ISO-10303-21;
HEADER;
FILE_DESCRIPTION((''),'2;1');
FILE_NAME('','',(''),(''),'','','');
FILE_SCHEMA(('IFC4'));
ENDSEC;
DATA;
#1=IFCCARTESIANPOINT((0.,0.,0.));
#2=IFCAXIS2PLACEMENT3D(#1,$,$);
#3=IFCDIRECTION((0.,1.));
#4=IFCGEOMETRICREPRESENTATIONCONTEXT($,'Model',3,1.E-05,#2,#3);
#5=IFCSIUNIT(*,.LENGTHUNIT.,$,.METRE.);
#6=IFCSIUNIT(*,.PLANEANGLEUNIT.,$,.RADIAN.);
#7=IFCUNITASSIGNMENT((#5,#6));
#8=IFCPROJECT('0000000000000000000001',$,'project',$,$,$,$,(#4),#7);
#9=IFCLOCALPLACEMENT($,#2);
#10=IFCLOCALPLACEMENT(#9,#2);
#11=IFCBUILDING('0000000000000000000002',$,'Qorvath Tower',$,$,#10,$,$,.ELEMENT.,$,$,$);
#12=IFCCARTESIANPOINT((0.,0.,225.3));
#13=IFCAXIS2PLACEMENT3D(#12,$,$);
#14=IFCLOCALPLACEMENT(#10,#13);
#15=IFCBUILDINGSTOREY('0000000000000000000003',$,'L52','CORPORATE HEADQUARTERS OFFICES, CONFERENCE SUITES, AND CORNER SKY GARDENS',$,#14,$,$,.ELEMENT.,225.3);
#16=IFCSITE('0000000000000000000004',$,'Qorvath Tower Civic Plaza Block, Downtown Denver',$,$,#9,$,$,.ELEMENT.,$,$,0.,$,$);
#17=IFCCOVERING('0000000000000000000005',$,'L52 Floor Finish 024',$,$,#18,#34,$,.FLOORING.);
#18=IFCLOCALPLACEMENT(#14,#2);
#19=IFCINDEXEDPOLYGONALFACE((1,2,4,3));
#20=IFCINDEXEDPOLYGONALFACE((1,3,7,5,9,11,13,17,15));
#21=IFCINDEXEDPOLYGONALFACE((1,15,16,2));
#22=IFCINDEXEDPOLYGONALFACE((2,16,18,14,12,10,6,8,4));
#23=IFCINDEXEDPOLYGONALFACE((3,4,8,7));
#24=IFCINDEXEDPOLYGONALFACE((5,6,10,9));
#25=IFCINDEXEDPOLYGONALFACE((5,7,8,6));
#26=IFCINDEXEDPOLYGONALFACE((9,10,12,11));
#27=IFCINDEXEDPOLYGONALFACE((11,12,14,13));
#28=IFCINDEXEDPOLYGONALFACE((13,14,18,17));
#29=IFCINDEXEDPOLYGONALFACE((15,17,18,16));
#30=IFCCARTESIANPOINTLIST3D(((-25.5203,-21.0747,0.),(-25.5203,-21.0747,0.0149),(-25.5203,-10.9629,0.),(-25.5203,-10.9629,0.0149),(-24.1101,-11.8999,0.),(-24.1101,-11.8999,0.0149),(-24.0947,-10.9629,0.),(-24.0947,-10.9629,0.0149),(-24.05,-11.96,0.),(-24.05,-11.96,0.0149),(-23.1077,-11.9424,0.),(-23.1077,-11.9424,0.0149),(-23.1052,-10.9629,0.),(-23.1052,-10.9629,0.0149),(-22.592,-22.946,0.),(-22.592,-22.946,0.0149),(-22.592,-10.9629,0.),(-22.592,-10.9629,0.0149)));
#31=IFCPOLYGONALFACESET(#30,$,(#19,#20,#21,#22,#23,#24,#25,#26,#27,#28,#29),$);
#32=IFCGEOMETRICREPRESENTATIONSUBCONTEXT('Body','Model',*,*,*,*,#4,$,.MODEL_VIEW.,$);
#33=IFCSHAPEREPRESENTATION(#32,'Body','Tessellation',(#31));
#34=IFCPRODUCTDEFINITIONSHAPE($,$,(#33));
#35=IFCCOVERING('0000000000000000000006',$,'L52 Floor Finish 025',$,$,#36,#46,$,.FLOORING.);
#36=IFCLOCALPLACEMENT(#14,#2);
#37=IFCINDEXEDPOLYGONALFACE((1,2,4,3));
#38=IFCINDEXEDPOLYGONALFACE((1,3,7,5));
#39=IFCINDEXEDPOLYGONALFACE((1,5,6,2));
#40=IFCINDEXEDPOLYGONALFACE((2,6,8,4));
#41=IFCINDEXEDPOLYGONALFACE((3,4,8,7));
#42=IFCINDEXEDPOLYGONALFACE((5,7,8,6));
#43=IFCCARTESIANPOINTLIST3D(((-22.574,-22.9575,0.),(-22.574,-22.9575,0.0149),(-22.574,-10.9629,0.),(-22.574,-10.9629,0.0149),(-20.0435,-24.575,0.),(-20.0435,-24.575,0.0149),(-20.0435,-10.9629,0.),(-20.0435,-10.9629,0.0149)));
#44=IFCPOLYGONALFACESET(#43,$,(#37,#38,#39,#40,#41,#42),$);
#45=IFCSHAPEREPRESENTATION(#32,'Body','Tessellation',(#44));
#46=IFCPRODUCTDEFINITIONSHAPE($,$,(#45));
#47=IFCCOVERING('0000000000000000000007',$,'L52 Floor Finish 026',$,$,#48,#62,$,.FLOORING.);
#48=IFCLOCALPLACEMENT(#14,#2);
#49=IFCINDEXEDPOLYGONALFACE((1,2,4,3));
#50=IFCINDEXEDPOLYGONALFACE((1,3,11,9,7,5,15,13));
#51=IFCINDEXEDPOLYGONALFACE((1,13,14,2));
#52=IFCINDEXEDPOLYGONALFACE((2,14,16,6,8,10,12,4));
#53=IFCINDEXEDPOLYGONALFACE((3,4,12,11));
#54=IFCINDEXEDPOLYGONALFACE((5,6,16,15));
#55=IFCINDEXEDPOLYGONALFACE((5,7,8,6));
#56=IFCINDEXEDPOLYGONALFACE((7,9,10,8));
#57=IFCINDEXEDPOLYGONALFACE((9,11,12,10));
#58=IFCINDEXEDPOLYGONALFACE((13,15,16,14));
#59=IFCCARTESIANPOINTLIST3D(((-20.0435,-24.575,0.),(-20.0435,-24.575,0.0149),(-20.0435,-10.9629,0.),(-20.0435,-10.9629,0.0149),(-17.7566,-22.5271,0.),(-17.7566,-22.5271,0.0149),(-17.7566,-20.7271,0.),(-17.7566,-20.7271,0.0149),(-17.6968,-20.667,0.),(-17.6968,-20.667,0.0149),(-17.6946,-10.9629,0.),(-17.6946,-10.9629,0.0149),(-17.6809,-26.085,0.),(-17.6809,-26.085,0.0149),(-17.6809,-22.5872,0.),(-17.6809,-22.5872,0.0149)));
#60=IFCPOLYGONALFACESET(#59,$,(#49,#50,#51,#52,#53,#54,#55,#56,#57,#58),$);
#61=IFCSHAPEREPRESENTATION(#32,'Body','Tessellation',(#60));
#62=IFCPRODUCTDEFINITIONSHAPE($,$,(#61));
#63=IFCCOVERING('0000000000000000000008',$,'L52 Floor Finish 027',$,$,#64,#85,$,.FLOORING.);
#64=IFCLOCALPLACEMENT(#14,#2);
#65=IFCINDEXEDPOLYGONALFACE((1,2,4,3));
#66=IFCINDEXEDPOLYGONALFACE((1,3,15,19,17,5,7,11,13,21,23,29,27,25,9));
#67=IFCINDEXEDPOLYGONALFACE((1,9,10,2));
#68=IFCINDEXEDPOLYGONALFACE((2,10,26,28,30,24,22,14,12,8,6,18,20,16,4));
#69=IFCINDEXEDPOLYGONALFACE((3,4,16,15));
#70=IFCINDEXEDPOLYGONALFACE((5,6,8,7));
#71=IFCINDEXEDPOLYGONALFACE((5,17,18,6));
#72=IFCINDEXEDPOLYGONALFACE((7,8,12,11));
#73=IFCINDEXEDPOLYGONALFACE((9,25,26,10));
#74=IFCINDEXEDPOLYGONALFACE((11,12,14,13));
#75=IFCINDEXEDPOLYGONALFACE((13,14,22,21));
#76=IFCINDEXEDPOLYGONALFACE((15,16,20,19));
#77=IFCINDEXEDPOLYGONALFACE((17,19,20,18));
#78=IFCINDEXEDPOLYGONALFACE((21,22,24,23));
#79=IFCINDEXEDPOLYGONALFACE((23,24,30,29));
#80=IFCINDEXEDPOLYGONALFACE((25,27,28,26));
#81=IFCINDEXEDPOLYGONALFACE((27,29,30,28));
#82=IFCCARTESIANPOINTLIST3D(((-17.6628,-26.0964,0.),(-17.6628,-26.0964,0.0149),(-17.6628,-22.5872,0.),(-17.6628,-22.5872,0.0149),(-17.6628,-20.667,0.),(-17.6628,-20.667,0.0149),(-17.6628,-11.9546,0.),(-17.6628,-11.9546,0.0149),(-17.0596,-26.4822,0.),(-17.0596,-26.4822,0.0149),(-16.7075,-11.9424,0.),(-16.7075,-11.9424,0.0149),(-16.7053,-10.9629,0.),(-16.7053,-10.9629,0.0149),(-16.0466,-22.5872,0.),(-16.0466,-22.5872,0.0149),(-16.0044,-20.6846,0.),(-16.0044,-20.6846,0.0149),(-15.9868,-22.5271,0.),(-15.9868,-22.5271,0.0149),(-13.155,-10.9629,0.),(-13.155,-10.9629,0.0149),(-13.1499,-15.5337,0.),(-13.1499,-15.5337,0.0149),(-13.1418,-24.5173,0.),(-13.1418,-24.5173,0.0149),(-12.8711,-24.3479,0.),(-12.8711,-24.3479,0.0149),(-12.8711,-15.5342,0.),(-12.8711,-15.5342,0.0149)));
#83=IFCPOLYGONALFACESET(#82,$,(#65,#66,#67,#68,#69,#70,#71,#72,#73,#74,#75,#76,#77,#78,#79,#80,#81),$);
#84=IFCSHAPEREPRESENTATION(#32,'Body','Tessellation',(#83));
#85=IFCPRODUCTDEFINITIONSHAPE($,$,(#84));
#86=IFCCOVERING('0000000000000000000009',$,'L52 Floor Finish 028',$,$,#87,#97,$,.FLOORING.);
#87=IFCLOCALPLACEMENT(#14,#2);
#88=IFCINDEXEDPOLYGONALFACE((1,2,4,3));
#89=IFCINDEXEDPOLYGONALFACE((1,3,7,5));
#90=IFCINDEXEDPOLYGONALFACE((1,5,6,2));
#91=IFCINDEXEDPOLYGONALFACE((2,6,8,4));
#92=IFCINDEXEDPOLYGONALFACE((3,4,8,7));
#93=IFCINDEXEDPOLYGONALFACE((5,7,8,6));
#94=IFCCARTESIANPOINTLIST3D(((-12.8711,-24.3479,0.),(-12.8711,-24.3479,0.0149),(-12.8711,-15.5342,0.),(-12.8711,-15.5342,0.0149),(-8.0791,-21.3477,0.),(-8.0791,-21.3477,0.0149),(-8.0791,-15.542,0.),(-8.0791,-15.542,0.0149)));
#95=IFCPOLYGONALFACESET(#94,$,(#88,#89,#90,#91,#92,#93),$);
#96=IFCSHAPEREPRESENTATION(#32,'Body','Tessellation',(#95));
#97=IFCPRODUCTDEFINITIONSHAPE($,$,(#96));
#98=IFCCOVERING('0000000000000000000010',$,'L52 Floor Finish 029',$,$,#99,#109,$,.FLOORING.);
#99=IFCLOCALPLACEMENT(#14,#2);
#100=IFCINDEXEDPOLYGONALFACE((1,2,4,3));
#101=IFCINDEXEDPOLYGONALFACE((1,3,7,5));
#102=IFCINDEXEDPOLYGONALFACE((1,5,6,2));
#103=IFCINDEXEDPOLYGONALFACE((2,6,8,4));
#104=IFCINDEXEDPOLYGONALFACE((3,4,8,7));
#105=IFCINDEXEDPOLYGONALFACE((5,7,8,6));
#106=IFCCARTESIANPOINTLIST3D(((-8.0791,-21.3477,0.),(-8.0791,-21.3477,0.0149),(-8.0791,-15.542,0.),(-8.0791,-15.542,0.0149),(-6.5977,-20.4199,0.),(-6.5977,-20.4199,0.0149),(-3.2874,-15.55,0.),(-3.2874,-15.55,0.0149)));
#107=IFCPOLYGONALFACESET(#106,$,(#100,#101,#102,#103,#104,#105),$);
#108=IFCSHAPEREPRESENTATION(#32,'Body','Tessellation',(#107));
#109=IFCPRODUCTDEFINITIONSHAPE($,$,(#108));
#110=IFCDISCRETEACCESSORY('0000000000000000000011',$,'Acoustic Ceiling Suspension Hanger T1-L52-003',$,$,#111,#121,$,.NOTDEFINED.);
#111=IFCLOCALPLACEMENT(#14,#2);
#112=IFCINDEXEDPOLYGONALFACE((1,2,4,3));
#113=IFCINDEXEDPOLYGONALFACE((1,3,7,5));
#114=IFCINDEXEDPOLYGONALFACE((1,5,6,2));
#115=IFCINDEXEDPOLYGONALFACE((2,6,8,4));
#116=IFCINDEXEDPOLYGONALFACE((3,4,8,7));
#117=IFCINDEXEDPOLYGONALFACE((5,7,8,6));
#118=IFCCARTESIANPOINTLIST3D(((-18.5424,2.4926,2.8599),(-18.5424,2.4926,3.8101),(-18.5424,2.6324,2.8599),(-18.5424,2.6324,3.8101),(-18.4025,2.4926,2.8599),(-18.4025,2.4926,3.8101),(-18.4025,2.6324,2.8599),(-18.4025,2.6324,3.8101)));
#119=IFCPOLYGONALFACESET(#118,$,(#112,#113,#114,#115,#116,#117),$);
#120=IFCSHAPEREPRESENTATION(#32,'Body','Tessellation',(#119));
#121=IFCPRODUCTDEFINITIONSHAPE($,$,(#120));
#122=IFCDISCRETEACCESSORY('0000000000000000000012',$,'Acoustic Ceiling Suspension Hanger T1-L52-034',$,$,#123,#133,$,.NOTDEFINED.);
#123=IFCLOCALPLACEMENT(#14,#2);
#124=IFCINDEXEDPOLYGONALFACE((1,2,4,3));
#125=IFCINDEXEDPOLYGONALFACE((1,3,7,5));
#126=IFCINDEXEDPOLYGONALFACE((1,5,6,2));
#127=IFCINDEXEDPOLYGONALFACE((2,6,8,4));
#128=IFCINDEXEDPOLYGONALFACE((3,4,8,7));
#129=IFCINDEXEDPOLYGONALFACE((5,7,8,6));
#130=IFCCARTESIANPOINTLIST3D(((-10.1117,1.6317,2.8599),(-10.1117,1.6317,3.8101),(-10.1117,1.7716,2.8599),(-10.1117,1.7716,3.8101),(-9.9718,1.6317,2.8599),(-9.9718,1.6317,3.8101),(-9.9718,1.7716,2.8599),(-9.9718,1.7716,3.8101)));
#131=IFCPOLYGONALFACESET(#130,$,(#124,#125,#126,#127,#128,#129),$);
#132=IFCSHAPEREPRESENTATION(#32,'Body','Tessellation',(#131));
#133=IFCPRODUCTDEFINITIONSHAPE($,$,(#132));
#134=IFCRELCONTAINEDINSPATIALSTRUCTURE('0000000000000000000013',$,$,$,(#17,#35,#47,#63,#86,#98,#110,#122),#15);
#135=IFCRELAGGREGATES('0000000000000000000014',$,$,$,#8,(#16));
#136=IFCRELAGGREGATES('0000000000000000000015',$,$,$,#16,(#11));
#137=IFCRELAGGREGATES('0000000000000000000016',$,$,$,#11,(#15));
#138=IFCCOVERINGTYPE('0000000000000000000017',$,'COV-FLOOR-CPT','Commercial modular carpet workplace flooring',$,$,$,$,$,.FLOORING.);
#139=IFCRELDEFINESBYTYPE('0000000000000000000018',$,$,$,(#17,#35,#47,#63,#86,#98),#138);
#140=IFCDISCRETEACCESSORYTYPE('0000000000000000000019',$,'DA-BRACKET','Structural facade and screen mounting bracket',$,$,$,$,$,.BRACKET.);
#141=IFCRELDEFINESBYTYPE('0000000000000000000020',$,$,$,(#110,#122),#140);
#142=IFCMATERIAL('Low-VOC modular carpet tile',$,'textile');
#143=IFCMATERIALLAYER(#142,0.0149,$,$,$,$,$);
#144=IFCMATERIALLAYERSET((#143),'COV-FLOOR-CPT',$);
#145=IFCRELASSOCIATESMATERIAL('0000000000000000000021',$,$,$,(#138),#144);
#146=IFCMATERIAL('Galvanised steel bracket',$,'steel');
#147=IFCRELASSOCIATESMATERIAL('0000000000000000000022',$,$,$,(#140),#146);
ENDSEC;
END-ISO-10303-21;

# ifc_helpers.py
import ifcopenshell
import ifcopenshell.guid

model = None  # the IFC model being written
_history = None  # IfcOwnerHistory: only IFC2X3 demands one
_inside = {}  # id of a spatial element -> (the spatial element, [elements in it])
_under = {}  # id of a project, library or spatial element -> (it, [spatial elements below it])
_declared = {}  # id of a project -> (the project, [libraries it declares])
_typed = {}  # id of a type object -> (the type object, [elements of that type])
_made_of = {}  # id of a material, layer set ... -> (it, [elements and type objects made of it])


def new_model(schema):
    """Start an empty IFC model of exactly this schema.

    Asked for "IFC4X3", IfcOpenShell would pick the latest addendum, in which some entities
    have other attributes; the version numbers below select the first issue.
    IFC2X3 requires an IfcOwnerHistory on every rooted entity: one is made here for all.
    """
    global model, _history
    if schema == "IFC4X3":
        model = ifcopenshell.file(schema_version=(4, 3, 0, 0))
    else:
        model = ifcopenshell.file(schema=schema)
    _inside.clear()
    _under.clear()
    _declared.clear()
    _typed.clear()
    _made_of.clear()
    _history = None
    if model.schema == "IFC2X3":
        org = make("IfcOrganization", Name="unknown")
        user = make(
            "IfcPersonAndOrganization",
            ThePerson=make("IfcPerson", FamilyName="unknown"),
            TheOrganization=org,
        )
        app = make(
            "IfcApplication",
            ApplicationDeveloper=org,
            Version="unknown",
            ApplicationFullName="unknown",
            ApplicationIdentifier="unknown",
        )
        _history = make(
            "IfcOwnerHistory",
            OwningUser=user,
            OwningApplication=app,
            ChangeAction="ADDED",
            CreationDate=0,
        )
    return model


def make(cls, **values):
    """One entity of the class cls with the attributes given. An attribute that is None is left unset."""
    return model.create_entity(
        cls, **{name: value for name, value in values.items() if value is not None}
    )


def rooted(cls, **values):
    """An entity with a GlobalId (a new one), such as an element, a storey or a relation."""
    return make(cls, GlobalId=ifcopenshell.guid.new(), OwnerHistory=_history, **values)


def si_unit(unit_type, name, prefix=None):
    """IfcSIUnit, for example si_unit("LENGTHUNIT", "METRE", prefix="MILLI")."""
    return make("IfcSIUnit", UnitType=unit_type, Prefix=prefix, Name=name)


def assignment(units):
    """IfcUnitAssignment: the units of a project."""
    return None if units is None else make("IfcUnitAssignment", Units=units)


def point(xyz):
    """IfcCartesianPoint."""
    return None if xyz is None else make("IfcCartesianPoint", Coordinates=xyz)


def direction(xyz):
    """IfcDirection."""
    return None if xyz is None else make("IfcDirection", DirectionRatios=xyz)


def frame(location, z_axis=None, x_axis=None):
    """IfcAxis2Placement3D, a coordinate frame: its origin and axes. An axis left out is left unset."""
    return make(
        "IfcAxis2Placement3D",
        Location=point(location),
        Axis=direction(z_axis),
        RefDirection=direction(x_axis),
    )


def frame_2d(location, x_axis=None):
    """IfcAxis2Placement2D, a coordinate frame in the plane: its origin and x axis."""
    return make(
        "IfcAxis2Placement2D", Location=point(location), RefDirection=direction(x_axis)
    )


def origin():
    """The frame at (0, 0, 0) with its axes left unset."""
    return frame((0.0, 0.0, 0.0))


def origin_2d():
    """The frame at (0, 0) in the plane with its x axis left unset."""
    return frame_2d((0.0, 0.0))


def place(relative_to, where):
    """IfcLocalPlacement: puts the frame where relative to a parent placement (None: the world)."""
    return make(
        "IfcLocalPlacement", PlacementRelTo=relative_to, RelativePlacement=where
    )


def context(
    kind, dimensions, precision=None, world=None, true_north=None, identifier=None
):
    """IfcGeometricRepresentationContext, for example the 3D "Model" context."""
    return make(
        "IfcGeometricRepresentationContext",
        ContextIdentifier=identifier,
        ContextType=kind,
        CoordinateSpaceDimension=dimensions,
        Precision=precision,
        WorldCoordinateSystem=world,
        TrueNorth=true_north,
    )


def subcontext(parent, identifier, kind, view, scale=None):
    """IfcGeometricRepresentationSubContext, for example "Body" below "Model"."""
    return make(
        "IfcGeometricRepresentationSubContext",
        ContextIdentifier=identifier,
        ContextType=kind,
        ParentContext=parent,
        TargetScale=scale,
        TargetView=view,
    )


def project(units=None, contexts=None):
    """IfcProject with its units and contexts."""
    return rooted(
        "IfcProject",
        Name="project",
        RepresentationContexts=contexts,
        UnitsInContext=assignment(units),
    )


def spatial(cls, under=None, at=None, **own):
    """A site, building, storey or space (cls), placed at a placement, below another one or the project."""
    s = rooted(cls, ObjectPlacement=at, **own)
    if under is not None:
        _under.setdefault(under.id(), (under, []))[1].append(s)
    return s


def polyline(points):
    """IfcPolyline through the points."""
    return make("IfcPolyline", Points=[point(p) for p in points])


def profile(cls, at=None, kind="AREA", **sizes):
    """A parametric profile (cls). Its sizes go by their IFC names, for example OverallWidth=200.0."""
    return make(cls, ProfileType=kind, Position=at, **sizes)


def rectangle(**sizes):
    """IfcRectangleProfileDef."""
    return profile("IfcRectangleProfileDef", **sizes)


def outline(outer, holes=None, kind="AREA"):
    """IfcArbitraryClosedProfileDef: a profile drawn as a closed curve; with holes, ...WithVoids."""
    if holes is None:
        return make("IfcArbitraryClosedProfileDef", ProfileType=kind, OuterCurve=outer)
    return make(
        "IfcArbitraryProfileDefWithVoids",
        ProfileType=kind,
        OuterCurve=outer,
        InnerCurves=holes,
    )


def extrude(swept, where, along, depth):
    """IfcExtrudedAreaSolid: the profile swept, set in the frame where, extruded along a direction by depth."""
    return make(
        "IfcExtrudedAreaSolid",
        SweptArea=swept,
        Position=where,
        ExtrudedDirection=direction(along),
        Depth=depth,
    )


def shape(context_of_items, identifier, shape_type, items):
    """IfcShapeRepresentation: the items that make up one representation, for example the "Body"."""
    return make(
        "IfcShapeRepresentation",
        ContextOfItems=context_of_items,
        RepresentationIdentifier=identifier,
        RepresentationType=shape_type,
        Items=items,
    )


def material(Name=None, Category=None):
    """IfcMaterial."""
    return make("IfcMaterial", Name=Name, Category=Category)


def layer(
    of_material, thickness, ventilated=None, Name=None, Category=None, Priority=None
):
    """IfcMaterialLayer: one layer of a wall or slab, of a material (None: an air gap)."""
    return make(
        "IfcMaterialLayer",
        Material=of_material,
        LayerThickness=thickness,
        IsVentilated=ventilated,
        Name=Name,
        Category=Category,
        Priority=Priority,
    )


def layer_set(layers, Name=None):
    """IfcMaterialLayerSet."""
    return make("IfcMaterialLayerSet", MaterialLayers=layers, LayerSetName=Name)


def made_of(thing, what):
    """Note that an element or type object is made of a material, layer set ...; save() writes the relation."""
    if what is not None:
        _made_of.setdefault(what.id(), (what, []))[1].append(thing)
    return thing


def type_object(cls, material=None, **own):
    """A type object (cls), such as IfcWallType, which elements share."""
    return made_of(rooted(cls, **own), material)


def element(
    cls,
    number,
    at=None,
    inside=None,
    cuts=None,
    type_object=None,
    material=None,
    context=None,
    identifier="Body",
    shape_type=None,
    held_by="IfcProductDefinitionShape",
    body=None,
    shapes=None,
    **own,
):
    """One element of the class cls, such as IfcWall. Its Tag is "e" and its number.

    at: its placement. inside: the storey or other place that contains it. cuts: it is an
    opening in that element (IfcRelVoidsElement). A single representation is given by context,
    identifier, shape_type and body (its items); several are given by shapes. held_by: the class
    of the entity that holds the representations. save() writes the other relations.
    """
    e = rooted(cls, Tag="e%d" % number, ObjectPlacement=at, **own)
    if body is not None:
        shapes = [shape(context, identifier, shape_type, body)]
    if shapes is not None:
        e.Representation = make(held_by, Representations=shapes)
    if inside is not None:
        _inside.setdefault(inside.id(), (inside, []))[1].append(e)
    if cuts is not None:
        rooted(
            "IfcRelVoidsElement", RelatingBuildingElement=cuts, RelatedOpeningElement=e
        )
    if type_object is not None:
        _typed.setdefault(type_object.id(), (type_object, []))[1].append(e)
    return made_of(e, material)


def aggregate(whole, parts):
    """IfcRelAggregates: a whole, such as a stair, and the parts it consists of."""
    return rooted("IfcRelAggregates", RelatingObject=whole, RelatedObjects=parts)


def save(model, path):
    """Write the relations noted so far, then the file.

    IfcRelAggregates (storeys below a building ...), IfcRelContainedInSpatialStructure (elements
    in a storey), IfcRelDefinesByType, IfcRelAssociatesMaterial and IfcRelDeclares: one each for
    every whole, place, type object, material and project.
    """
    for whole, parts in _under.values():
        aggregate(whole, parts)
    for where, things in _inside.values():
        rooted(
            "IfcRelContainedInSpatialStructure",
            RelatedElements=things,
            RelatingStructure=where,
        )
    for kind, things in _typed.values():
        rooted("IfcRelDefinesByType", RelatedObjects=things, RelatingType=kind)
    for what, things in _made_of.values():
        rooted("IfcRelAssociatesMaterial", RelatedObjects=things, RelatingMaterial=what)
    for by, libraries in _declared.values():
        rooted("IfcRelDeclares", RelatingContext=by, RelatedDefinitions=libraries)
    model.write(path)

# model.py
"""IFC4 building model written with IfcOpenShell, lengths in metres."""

from ifc_helpers import new_model, si_unit, direction, frame, origin, origin_2d, place, context, subcontext, project, spatial, polyline, rectangle, outline, extrude, material, layer, layer_set, type_object, element, save


model = new_model("IFC4")

# Units and contexts
model_context = context("Model", 3, precision=1e-05, world=origin(), true_north=direction((0.0, 1.0)))
body_context = subcontext(model_context, "Body", "Model", "MODEL_VIEW")
ifc_project = project(units=[si_unit("LENGTHUNIT", "METRE"), si_unit("PLANEANGLEUNIT", "RADIAN")], contexts=[model_context])

# Site, building, storey
site_placement = place(None, origin())
site = spatial("IfcSite", under=ifc_project, at=site_placement, Name="Qorvath Tower Civic Plaza Block, Downtown Denver", CompositionType="ELEMENT", RefElevation=0.0)
building_placement = place(site_placement, origin())
building = spatial("IfcBuilding", under=site, at=building_placement, Name="Qorvath Tower", CompositionType="ELEMENT")
storey_placement = place(building_placement, frame((0.0, 0.0, 225.3)))
storey = spatial("IfcBuildingStorey", under=building, at=storey_placement, Name="L52", Description="CORPORATE HEADQUARTERS OFFICES, CONFERENCE SUITES, AND CORNER SKY GARDENS", CompositionType="ELEMENT", Elevation=225.3)

# Coverings
ifc_material_1 = material(Name="Low-VOC modular carpet tile", Category="textile")
ifc_layer_1 = layer(ifc_material_1, 0.0149)
ifc_layer_set_1 = layer_set([ifc_layer_1], Name="COV-FLOOR-CPT")
covering_type_1 = type_object("IfcCoveringType", Name="COV-FLOOR-CPT", Description="Commercial modular carpet workplace flooring", PredefinedType="FLOORING", material=ifc_layer_set_1)
covering_1_placement = place(storey_placement, origin())
element("IfcCovering", 1, at=covering_1_placement, inside=storey, type_object=covering_type_1, Name="L52 Floor Finish 024", PredefinedType="FLOORING", context=body_context, shape_type="SweptSolid", body=[
    extrude(outline(polyline([(-25.5203, -10.9629), (-25.5203, -21.0747), (-22.592, -22.946), (-22.592, -10.9629), (-23.1052, -10.9629), (-23.1077, -11.9424), (-24.05, -11.96), (-24.1101, -11.8999), (-24.0947, -10.9629), (-25.5203, -10.9629)])), origin(), (0.0, 0.0, 1.0), 0.0149),
])
covering_2_placement = place(storey_placement, origin())
element("IfcCovering", 2, at=covering_2_placement, inside=storey, type_object=covering_type_1, Name="L52 Floor Finish 025", PredefinedType="FLOORING", context=body_context, shape_type="SweptSolid", body=[
    extrude(outline(polyline([(-20.0435, -24.575), (-20.0435, -10.9629), (-22.574, -10.9629), (-22.574, -22.9575), (-20.0435, -24.575)])), origin(), (0.0, 0.0, 1.0), 0.0149),
])
covering_3_placement = place(storey_placement, origin())
element("IfcCovering", 3, at=covering_3_placement, inside=storey, type_object=covering_type_1, Name="L52 Floor Finish 026", PredefinedType="FLOORING", context=body_context, shape_type="SweptSolid", body=[
    extrude(outline(polyline([(-17.6968, -20.667), (-17.6946, -10.9629), (-20.0435, -10.9629), (-20.0435, -24.575), (-17.6809, -26.085), (-17.6809, -22.5872), (-17.7566, -22.5271), (-17.7566, -20.7271), (-17.6968, -20.667)])), origin(), (0.0, 0.0, 1.0), 0.0149),
])
covering_4_placement = place(storey_placement, origin())
element("IfcCovering", 4, at=covering_4_placement, inside=storey, type_object=covering_type_1, Name="L52 Floor Finish 027", PredefinedType="FLOORING", context=body_context, shape_type="SweptSolid", body=[
    extrude(outline(polyline([(-17.6628, -26.0964), (-17.0596, -26.4822), (-13.1418, -24.5173), (-12.8711, -24.3479), (-12.8711, -15.5342), (-13.1499, -15.5337), (-13.155, -10.9629), (-16.7053, -10.9629), (-16.7075, -11.9424), (-17.6628, -11.9546), (-17.6628, -20.667), (-16.0044, -20.6846), (-15.9868, -22.5271), (-16.0466, -22.5872), (-17.6628, -22.5872), (-17.6628, -26.0964)])), origin(), (0.0, 0.0, 1.0), 0.0149),
])
covering_5_placement = place(storey_placement, origin())
element("IfcCovering", 5, at=covering_5_placement, inside=storey, type_object=covering_type_1, Name="L52 Floor Finish 028", PredefinedType="FLOORING", context=body_context, shape_type="SweptSolid", body=[
    extrude(outline(polyline([(-12.8711, -15.5342), (-12.8711, -24.3479), (-8.0791, -21.3477), (-8.0791, -15.542), (-12.8711, -15.5342)])), origin(), (0.0, 0.0, 1.0), 0.0149),
])
covering_6_placement = place(storey_placement, origin())
element("IfcCovering", 6, at=covering_6_placement, inside=storey, type_object=covering_type_1, Name="L52 Floor Finish 029", PredefinedType="FLOORING", context=body_context, shape_type="SweptSolid", body=[
    extrude(outline(polyline([(-8.0791, -15.542), (-8.0791, -21.3477), (-6.5977, -20.4199), (-3.2874, -15.55), (-8.0791, -15.542)])), origin(), (0.0, 0.0, 1.0), 0.0149),
])

# Discrete accessories
ifc_material_2 = material(Name="Galvanised steel bracket", Category="steel")
discrete_accessory_type = type_object("IfcDiscreteAccessoryType", Name="DA-BRACKET", Description="Structural facade and screen mounting bracket", PredefinedType="BRACKET", material=ifc_material_2)
for number, where, z_axis, x_axis, name in (
    (7, (-18.4724, 2.5625, 2.8599), (0.0, 0.0, 1.0), (1.0, 0.0, 0.0), "Acoustic Ceiling Suspension Hanger T1-L52-003"),
    (8, (-10.0417, 1.7017, 2.8599), (0.0, 0.0, 1.0), (1.0, 0.0, 0.0), "Acoustic Ceiling Suspension Hanger T1-L52-034"),
):
    element("IfcDiscreteAccessory", number, at=place(storey_placement, frame(where, z_axis=z_axis, x_axis=x_axis)), inside=storey, type_object=discrete_accessory_type, Name=name, PredefinedType="NOTDEFINED", context=body_context, shape_type="SweptSolid", body=[
        extrude(rectangle(XDim=0.1399, YDim=0.1399, at=origin_2d()), origin(), (0.0, 0.0, 1.0), 0.9502),
    ])

save(model, "model.ifc")
